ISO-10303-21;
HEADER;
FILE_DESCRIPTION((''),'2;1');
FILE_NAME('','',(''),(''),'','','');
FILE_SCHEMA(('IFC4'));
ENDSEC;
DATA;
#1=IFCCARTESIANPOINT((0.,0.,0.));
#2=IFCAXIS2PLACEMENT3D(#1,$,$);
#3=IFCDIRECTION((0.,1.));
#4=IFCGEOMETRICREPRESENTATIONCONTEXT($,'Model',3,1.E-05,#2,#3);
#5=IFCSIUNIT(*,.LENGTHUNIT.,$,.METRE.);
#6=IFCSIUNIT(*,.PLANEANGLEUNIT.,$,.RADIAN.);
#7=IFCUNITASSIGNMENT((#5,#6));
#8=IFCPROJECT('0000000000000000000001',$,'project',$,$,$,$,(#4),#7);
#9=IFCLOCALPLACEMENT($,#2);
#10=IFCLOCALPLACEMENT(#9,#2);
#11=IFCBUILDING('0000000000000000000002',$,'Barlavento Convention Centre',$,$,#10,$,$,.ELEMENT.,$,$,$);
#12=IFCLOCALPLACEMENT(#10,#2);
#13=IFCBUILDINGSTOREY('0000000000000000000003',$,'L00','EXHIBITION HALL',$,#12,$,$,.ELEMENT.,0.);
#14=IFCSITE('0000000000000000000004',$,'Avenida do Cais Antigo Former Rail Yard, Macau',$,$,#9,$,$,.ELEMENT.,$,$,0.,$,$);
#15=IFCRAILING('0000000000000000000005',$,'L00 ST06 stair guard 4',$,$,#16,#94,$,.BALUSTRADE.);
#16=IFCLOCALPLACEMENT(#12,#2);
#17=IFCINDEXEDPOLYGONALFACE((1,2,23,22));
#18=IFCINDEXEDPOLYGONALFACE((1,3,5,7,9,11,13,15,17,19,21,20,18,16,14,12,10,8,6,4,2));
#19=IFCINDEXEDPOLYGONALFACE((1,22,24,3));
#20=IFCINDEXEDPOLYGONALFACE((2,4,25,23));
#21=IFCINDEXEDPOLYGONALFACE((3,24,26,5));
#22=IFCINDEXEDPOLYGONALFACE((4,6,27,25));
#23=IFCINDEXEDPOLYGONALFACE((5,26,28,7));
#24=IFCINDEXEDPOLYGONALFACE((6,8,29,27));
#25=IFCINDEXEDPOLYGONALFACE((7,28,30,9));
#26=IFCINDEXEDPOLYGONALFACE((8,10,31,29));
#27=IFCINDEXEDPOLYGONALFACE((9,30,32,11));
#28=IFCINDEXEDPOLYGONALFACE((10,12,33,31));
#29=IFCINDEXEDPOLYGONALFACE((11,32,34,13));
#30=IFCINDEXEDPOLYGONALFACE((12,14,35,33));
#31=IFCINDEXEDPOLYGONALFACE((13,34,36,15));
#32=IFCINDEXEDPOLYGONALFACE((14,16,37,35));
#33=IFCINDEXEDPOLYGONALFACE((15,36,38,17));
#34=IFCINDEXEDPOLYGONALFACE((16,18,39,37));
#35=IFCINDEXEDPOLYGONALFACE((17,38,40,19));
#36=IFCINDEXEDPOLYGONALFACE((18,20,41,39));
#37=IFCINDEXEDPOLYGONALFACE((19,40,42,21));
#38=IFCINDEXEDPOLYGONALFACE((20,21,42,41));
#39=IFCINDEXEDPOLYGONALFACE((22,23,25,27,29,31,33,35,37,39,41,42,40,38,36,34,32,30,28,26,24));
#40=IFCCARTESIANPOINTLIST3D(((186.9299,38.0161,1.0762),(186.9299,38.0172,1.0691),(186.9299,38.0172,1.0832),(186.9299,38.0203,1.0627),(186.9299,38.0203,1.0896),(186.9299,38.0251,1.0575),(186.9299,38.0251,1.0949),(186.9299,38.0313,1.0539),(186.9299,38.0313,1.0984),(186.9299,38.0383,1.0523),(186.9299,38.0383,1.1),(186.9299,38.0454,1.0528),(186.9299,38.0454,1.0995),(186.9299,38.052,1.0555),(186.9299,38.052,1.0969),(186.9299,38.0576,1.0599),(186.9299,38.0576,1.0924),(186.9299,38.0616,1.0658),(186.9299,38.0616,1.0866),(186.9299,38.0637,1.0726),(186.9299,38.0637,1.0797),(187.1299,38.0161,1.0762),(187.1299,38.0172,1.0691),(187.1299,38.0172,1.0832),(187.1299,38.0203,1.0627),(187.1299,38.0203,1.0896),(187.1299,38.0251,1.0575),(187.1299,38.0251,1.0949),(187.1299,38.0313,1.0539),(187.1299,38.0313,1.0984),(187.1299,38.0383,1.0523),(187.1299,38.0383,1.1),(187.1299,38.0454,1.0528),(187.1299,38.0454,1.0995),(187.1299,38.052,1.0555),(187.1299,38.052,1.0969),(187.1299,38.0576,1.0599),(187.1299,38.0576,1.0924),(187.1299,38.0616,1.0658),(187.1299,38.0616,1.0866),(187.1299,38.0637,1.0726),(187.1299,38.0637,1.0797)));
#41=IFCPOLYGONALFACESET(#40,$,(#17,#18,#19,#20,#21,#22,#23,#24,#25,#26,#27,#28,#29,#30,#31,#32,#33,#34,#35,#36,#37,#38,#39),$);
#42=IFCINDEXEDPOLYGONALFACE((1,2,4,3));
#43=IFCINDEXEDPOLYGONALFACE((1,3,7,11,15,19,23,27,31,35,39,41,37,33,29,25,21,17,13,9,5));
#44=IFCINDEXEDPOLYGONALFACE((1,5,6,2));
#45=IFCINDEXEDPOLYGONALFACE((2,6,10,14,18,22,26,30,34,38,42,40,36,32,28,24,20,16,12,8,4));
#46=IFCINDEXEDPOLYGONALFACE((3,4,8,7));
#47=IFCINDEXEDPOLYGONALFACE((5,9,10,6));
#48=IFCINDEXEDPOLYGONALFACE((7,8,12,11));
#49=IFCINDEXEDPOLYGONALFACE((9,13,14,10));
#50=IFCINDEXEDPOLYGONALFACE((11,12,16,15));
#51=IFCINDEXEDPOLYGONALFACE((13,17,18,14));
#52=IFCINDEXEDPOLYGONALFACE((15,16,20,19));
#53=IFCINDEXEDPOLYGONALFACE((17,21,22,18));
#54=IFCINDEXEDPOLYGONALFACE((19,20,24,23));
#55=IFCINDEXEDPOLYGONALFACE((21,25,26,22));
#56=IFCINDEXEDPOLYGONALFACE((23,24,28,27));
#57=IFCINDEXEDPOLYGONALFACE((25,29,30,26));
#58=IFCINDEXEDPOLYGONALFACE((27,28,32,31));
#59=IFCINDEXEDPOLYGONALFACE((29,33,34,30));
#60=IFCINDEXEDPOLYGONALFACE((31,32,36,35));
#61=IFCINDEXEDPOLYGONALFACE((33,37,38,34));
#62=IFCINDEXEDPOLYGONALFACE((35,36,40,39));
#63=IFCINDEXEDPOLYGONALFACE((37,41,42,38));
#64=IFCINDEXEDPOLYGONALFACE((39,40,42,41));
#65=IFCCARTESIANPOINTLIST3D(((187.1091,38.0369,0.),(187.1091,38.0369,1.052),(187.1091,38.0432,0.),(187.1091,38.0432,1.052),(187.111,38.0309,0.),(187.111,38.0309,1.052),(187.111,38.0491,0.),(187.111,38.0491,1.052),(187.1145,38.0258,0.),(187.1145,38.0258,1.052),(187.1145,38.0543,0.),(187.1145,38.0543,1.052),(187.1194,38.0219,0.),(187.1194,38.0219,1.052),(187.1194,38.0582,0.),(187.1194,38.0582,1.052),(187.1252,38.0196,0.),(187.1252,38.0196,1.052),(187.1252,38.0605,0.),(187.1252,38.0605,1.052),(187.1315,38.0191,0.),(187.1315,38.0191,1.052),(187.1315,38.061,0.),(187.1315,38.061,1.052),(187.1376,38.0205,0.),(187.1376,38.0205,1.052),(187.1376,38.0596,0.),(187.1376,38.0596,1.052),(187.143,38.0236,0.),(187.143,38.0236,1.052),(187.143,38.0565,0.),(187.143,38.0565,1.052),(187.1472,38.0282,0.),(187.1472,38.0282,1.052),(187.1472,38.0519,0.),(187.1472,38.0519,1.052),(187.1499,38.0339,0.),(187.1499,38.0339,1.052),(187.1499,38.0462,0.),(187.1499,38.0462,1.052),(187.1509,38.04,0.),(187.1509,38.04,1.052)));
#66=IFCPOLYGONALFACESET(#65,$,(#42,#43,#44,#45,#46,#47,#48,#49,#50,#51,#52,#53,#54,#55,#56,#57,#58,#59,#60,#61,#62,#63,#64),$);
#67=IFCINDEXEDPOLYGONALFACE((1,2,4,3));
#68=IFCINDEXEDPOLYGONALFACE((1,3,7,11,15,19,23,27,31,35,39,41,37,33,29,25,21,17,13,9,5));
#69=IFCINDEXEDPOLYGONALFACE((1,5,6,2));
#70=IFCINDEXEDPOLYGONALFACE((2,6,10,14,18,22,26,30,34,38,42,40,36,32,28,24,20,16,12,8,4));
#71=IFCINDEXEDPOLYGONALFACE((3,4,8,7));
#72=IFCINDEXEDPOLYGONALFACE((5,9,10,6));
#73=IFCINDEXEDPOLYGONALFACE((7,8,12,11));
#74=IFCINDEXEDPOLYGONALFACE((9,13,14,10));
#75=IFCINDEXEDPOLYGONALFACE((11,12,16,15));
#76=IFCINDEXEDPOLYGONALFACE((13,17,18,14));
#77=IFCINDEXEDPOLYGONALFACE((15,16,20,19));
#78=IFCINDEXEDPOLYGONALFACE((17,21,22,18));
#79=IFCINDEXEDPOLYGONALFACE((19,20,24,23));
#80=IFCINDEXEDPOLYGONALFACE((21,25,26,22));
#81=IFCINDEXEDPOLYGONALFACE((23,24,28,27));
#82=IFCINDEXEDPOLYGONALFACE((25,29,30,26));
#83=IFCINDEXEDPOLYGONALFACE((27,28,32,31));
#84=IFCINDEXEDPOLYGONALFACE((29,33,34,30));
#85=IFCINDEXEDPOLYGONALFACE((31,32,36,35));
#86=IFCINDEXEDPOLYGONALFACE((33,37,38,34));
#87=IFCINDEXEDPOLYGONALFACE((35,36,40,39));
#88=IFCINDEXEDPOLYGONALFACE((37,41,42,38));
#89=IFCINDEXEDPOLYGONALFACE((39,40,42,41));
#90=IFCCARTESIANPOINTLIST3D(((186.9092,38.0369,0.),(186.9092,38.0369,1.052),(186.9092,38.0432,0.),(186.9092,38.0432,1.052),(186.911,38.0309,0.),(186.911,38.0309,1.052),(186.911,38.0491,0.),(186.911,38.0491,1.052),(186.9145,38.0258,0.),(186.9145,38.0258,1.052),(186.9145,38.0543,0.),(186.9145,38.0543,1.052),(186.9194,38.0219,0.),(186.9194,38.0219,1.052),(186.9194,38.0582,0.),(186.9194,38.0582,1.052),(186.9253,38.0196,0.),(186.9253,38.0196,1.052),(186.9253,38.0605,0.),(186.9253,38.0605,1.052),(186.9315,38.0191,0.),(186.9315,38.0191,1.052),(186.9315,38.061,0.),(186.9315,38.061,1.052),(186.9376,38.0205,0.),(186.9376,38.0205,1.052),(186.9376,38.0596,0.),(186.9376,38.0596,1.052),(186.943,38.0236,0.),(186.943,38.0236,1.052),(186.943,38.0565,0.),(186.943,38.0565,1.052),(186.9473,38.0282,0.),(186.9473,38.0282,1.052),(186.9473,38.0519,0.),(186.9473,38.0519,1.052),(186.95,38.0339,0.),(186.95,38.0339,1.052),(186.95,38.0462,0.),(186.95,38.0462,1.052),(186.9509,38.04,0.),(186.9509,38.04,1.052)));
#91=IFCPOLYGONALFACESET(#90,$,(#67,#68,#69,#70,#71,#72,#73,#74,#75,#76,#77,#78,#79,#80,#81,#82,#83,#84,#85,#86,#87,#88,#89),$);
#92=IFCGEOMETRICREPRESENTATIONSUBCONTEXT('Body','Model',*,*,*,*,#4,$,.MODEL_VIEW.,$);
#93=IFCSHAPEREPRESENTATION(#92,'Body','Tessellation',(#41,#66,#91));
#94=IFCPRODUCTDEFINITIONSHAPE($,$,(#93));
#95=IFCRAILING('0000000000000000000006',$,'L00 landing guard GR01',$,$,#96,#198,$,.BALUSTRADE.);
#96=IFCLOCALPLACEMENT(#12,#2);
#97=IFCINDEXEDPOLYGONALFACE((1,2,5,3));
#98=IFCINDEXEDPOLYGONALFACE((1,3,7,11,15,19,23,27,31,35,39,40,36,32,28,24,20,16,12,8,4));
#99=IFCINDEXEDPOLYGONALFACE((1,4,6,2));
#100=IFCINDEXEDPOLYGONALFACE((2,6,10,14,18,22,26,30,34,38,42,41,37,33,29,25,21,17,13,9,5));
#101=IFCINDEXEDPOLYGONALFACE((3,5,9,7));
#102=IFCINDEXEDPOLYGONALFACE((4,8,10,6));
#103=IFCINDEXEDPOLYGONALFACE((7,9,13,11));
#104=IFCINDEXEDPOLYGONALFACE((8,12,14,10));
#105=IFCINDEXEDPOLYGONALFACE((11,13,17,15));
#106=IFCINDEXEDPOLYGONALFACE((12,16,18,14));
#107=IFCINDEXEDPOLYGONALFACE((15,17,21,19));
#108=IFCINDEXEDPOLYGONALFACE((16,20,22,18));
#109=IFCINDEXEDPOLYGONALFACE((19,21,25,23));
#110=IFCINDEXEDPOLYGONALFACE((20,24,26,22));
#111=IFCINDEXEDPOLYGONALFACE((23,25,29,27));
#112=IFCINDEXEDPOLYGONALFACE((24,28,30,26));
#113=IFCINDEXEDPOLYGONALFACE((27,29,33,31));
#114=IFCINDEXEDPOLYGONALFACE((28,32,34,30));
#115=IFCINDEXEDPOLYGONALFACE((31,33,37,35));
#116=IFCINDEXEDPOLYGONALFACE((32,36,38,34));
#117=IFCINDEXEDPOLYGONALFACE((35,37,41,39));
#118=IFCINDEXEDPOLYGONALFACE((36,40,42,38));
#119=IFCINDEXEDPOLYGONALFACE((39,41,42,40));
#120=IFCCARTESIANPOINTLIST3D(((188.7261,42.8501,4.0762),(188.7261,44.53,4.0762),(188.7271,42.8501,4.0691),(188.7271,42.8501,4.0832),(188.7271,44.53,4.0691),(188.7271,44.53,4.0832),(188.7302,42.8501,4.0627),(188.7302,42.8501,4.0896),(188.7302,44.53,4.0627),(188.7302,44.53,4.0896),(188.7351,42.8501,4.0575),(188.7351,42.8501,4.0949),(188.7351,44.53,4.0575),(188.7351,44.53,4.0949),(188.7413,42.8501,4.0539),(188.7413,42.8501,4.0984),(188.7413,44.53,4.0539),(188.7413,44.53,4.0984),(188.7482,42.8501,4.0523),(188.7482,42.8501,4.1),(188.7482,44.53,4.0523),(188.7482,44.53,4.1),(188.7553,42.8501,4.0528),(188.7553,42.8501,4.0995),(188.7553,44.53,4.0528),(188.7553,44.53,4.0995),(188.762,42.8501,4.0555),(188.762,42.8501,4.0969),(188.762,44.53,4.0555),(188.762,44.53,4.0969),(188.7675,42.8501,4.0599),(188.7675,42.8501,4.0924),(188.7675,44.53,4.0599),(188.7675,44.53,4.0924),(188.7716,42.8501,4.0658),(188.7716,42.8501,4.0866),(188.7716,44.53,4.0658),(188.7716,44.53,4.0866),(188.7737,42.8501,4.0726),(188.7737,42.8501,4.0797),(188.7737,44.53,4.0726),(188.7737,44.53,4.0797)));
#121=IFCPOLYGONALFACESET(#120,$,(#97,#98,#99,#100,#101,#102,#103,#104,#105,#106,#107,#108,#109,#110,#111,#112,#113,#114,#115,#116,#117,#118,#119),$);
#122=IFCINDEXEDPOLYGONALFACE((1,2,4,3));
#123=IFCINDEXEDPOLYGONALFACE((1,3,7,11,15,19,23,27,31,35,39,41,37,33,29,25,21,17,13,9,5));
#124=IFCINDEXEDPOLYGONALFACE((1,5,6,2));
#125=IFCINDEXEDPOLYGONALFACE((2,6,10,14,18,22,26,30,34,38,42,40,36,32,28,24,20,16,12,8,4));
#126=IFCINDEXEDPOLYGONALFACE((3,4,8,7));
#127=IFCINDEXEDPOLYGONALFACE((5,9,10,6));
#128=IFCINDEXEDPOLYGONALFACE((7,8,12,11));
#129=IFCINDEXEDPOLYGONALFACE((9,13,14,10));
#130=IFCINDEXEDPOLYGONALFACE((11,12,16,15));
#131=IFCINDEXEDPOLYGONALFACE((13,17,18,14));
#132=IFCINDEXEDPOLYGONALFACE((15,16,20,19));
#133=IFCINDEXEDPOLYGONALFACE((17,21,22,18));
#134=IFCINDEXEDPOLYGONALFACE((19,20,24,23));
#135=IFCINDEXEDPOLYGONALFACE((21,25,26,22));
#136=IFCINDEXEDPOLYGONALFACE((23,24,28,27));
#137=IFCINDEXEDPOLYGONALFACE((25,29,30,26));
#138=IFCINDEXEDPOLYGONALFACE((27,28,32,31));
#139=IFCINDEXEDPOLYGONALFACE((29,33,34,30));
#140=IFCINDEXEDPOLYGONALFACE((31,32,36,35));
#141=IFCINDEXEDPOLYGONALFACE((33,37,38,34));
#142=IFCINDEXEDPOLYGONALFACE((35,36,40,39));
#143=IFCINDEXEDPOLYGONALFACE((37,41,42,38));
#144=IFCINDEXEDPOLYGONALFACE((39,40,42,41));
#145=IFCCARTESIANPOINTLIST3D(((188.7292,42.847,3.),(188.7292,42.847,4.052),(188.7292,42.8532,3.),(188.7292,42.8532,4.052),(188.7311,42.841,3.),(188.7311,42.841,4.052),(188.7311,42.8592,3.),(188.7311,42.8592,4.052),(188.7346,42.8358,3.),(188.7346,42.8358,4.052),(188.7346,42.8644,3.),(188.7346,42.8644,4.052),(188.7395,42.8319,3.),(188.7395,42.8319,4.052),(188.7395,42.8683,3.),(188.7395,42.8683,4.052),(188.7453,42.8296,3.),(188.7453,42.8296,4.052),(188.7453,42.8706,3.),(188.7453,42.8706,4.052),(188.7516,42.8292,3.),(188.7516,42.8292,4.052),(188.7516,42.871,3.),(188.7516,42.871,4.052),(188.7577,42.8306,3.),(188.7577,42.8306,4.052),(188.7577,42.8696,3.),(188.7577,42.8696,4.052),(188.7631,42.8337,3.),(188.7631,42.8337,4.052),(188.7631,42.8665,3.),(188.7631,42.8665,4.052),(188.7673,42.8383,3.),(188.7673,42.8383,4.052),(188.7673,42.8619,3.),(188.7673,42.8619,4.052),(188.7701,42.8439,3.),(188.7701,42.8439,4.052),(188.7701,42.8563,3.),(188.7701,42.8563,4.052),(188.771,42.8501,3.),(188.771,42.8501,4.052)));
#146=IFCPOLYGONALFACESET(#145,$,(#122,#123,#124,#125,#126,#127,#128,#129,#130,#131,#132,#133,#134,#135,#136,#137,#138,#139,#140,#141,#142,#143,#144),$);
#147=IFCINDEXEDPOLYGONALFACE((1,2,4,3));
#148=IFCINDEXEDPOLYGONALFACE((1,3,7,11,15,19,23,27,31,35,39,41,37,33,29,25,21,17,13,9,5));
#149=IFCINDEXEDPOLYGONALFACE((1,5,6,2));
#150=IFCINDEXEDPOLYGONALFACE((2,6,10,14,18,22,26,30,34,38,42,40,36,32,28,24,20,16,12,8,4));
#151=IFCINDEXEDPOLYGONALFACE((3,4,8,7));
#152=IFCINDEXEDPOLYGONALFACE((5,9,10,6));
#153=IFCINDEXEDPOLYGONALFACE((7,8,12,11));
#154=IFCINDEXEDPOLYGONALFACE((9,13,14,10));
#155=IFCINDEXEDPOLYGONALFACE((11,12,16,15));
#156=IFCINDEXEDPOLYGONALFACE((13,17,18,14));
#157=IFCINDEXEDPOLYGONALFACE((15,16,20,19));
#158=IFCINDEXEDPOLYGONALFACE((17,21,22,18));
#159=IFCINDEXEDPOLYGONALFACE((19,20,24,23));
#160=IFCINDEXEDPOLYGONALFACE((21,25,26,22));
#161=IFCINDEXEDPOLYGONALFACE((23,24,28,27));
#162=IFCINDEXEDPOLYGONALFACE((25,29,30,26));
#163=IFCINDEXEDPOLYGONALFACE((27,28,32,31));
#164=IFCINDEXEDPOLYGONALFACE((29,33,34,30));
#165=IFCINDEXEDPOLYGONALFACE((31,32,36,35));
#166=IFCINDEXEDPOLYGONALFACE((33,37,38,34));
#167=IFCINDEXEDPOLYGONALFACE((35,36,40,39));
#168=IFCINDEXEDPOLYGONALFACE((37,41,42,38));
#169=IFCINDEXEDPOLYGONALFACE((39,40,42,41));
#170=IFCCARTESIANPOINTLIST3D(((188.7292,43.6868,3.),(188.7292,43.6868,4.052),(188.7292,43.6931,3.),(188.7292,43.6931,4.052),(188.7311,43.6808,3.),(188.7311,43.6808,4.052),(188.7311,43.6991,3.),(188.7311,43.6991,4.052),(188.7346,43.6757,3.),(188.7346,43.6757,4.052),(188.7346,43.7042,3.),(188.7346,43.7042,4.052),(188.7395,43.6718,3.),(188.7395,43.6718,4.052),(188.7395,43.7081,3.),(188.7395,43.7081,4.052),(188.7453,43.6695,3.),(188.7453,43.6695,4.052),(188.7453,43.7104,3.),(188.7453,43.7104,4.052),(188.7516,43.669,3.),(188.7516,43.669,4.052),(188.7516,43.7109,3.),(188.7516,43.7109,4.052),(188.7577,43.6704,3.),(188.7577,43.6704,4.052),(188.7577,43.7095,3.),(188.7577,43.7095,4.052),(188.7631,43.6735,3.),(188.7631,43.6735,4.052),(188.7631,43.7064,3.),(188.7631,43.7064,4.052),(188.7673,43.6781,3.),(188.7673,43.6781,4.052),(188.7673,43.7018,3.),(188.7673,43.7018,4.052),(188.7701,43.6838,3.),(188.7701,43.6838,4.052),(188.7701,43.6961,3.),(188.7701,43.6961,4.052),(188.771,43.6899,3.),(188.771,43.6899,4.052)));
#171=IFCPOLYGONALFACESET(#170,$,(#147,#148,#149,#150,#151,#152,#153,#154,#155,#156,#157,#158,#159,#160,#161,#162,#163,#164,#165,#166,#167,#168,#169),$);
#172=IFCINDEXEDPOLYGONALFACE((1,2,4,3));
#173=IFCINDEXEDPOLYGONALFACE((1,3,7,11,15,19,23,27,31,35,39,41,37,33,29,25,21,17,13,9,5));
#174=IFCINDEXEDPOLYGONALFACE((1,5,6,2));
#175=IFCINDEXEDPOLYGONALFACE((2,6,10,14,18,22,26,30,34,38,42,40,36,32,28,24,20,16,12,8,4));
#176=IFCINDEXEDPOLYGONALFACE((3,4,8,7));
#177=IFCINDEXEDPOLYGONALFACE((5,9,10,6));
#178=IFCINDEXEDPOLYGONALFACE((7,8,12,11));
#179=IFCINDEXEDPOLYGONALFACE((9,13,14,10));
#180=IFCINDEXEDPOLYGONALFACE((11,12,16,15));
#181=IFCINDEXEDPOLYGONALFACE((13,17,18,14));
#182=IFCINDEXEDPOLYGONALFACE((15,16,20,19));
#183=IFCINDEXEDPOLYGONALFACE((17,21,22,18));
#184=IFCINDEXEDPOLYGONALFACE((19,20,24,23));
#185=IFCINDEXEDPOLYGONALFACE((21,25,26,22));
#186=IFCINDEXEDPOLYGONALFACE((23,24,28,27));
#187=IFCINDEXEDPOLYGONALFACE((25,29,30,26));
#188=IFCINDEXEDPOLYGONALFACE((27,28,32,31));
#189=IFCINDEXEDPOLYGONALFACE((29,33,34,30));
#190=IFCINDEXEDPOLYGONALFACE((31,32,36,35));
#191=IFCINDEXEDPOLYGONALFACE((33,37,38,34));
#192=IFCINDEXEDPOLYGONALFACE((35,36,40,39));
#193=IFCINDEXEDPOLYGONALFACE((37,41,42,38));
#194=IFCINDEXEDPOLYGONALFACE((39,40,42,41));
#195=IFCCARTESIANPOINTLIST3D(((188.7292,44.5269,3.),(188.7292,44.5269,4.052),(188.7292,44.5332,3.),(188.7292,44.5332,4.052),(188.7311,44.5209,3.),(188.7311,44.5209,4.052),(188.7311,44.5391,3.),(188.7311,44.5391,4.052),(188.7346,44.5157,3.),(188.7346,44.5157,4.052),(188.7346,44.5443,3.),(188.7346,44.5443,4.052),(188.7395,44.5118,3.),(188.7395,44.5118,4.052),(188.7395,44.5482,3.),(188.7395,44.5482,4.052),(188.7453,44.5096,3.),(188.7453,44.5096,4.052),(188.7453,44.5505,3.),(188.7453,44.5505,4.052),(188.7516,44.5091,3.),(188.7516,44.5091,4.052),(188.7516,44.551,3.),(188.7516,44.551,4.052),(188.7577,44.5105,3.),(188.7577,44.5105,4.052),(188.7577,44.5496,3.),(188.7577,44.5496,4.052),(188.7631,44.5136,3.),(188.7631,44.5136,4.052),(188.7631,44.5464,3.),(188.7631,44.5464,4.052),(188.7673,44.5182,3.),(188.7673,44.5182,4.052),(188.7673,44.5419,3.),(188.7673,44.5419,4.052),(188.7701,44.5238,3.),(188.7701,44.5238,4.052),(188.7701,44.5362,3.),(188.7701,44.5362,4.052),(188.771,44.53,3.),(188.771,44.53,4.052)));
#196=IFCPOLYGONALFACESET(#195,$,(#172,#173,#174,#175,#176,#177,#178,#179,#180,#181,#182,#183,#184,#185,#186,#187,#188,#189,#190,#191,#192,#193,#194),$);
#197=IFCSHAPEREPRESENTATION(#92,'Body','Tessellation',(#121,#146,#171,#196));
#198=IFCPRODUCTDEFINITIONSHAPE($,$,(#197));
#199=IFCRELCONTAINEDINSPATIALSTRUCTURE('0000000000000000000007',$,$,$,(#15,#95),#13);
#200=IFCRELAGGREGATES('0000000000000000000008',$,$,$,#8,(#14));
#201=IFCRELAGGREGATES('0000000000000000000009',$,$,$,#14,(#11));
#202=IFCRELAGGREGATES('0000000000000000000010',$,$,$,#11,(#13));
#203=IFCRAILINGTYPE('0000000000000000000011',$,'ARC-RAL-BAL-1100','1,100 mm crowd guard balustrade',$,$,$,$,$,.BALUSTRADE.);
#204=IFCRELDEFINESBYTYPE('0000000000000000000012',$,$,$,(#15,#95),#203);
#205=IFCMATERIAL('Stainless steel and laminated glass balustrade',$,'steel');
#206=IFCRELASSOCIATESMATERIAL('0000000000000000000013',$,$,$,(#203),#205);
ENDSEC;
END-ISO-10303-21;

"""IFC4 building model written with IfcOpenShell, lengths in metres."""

from ifc_helpers import new_model, si_unit, direction, frame, origin, origin_2d, place, context, subcontext, project, spatial, circle, extrude, material, type_object, element, save


model = new_model("IFC4")

# Units and contexts
model_context = context("Model", 3, precision=1e-05, world=origin(), true_north=direction((0.0, 1.0)))
body_context = subcontext(model_context, "Body", "Model", "MODEL_VIEW")
ifc_project = project(units=[si_unit("LENGTHUNIT", "METRE"), si_unit("PLANEANGLEUNIT", "RADIAN")], contexts=[model_context])

# Site, building, storey
site_placement = place(None, origin())
site = spatial("IfcSite", under=ifc_project, at=site_placement, Name="Avenida do Cais Antigo Former Rail Yard, Macau", CompositionType="ELEMENT", RefElevation=0.0)
building_placement = place(site_placement, origin())
building = spatial("IfcBuilding", under=site, at=building_placement, Name="Barlavento Convention Centre", CompositionType="ELEMENT")
storey_placement = place(building_placement, origin())
storey = spatial("IfcBuildingStorey", under=building, at=storey_placement, Name="L00", Description="EXHIBITION HALL", CompositionType="ELEMENT", Elevation=0.0)

# Railings
ifc_material_1 = material(Name="Stainless steel and laminated glass balustrade", Category="steel")
railing_type_1 = type_object("IfcRailingType", Name="ARC-RAL-BAL-1100", Description="1,100 mm crowd guard balustrade", PredefinedType="BALUSTRADE", material=ifc_material_1)
railing_1_placement = place(storey_placement, frame((187.1299, 38.04, 0.0)))
element("IfcRailing", 1, at=railing_1_placement, inside=storey, type_object=railing_type_1, Name="L00 ST06 stair guard 4", PredefinedType="BALUSTRADE", context=body_context, shape_type="SweptSolid", body=[
    extrude(circle(Radius=0.0239, at=origin_2d()), frame((0.0, 0.0, 1.0762), z_axis=(-1.0, 0.0, 0.0), x_axis=(0.0, -1.0, 0.0)), (0.0, 0.0, 1.0), 0.2),
    extrude(circle(Radius=0.021, at=origin_2d()), origin(), (0.0, 0.0, 1.0), 1.052),
    extrude(circle(Radius=0.021, at=origin_2d()), frame((-0.2, 0.0, 0.0)), (0.0, 0.0, 1.0), 1.052),
])
for number, where, name in (
    (2, (188.75, 42.8501, 3.0), "L00 landing guard GR01"),
):
    element("IfcRailing", number, at=place(storey_placement, frame(where)), inside=storey, type_object=railing_type_1, Name=name, PredefinedType="BALUSTRADE", context=body_context, shape_type="SweptSolid", body=[
        extrude(circle(Radius=0.0239, at=origin_2d()), frame((0.0, 0.0, 1.0762), z_axis=(0.0, 1.0, 0.0), x_axis=(-1.0, 0.0, 0.0)), (0.0, 0.0, 1.0), 1.6799),
        extrude(circle(Radius=0.021, at=origin_2d()), origin(), (0.0, 0.0, 1.0), 1.052),
        extrude(circle(Radius=0.021, at=origin_2d()), frame((0.0, 0.8398, 0.0)), (0.0, 0.0, 1.0), 1.052),
        extrude(circle(Radius=0.021, at=origin_2d()), frame((0.0, 1.6799, 0.0)), (0.0, 0.0, 1.0), 1.052),
    ])

save(model, "model.ifc")
